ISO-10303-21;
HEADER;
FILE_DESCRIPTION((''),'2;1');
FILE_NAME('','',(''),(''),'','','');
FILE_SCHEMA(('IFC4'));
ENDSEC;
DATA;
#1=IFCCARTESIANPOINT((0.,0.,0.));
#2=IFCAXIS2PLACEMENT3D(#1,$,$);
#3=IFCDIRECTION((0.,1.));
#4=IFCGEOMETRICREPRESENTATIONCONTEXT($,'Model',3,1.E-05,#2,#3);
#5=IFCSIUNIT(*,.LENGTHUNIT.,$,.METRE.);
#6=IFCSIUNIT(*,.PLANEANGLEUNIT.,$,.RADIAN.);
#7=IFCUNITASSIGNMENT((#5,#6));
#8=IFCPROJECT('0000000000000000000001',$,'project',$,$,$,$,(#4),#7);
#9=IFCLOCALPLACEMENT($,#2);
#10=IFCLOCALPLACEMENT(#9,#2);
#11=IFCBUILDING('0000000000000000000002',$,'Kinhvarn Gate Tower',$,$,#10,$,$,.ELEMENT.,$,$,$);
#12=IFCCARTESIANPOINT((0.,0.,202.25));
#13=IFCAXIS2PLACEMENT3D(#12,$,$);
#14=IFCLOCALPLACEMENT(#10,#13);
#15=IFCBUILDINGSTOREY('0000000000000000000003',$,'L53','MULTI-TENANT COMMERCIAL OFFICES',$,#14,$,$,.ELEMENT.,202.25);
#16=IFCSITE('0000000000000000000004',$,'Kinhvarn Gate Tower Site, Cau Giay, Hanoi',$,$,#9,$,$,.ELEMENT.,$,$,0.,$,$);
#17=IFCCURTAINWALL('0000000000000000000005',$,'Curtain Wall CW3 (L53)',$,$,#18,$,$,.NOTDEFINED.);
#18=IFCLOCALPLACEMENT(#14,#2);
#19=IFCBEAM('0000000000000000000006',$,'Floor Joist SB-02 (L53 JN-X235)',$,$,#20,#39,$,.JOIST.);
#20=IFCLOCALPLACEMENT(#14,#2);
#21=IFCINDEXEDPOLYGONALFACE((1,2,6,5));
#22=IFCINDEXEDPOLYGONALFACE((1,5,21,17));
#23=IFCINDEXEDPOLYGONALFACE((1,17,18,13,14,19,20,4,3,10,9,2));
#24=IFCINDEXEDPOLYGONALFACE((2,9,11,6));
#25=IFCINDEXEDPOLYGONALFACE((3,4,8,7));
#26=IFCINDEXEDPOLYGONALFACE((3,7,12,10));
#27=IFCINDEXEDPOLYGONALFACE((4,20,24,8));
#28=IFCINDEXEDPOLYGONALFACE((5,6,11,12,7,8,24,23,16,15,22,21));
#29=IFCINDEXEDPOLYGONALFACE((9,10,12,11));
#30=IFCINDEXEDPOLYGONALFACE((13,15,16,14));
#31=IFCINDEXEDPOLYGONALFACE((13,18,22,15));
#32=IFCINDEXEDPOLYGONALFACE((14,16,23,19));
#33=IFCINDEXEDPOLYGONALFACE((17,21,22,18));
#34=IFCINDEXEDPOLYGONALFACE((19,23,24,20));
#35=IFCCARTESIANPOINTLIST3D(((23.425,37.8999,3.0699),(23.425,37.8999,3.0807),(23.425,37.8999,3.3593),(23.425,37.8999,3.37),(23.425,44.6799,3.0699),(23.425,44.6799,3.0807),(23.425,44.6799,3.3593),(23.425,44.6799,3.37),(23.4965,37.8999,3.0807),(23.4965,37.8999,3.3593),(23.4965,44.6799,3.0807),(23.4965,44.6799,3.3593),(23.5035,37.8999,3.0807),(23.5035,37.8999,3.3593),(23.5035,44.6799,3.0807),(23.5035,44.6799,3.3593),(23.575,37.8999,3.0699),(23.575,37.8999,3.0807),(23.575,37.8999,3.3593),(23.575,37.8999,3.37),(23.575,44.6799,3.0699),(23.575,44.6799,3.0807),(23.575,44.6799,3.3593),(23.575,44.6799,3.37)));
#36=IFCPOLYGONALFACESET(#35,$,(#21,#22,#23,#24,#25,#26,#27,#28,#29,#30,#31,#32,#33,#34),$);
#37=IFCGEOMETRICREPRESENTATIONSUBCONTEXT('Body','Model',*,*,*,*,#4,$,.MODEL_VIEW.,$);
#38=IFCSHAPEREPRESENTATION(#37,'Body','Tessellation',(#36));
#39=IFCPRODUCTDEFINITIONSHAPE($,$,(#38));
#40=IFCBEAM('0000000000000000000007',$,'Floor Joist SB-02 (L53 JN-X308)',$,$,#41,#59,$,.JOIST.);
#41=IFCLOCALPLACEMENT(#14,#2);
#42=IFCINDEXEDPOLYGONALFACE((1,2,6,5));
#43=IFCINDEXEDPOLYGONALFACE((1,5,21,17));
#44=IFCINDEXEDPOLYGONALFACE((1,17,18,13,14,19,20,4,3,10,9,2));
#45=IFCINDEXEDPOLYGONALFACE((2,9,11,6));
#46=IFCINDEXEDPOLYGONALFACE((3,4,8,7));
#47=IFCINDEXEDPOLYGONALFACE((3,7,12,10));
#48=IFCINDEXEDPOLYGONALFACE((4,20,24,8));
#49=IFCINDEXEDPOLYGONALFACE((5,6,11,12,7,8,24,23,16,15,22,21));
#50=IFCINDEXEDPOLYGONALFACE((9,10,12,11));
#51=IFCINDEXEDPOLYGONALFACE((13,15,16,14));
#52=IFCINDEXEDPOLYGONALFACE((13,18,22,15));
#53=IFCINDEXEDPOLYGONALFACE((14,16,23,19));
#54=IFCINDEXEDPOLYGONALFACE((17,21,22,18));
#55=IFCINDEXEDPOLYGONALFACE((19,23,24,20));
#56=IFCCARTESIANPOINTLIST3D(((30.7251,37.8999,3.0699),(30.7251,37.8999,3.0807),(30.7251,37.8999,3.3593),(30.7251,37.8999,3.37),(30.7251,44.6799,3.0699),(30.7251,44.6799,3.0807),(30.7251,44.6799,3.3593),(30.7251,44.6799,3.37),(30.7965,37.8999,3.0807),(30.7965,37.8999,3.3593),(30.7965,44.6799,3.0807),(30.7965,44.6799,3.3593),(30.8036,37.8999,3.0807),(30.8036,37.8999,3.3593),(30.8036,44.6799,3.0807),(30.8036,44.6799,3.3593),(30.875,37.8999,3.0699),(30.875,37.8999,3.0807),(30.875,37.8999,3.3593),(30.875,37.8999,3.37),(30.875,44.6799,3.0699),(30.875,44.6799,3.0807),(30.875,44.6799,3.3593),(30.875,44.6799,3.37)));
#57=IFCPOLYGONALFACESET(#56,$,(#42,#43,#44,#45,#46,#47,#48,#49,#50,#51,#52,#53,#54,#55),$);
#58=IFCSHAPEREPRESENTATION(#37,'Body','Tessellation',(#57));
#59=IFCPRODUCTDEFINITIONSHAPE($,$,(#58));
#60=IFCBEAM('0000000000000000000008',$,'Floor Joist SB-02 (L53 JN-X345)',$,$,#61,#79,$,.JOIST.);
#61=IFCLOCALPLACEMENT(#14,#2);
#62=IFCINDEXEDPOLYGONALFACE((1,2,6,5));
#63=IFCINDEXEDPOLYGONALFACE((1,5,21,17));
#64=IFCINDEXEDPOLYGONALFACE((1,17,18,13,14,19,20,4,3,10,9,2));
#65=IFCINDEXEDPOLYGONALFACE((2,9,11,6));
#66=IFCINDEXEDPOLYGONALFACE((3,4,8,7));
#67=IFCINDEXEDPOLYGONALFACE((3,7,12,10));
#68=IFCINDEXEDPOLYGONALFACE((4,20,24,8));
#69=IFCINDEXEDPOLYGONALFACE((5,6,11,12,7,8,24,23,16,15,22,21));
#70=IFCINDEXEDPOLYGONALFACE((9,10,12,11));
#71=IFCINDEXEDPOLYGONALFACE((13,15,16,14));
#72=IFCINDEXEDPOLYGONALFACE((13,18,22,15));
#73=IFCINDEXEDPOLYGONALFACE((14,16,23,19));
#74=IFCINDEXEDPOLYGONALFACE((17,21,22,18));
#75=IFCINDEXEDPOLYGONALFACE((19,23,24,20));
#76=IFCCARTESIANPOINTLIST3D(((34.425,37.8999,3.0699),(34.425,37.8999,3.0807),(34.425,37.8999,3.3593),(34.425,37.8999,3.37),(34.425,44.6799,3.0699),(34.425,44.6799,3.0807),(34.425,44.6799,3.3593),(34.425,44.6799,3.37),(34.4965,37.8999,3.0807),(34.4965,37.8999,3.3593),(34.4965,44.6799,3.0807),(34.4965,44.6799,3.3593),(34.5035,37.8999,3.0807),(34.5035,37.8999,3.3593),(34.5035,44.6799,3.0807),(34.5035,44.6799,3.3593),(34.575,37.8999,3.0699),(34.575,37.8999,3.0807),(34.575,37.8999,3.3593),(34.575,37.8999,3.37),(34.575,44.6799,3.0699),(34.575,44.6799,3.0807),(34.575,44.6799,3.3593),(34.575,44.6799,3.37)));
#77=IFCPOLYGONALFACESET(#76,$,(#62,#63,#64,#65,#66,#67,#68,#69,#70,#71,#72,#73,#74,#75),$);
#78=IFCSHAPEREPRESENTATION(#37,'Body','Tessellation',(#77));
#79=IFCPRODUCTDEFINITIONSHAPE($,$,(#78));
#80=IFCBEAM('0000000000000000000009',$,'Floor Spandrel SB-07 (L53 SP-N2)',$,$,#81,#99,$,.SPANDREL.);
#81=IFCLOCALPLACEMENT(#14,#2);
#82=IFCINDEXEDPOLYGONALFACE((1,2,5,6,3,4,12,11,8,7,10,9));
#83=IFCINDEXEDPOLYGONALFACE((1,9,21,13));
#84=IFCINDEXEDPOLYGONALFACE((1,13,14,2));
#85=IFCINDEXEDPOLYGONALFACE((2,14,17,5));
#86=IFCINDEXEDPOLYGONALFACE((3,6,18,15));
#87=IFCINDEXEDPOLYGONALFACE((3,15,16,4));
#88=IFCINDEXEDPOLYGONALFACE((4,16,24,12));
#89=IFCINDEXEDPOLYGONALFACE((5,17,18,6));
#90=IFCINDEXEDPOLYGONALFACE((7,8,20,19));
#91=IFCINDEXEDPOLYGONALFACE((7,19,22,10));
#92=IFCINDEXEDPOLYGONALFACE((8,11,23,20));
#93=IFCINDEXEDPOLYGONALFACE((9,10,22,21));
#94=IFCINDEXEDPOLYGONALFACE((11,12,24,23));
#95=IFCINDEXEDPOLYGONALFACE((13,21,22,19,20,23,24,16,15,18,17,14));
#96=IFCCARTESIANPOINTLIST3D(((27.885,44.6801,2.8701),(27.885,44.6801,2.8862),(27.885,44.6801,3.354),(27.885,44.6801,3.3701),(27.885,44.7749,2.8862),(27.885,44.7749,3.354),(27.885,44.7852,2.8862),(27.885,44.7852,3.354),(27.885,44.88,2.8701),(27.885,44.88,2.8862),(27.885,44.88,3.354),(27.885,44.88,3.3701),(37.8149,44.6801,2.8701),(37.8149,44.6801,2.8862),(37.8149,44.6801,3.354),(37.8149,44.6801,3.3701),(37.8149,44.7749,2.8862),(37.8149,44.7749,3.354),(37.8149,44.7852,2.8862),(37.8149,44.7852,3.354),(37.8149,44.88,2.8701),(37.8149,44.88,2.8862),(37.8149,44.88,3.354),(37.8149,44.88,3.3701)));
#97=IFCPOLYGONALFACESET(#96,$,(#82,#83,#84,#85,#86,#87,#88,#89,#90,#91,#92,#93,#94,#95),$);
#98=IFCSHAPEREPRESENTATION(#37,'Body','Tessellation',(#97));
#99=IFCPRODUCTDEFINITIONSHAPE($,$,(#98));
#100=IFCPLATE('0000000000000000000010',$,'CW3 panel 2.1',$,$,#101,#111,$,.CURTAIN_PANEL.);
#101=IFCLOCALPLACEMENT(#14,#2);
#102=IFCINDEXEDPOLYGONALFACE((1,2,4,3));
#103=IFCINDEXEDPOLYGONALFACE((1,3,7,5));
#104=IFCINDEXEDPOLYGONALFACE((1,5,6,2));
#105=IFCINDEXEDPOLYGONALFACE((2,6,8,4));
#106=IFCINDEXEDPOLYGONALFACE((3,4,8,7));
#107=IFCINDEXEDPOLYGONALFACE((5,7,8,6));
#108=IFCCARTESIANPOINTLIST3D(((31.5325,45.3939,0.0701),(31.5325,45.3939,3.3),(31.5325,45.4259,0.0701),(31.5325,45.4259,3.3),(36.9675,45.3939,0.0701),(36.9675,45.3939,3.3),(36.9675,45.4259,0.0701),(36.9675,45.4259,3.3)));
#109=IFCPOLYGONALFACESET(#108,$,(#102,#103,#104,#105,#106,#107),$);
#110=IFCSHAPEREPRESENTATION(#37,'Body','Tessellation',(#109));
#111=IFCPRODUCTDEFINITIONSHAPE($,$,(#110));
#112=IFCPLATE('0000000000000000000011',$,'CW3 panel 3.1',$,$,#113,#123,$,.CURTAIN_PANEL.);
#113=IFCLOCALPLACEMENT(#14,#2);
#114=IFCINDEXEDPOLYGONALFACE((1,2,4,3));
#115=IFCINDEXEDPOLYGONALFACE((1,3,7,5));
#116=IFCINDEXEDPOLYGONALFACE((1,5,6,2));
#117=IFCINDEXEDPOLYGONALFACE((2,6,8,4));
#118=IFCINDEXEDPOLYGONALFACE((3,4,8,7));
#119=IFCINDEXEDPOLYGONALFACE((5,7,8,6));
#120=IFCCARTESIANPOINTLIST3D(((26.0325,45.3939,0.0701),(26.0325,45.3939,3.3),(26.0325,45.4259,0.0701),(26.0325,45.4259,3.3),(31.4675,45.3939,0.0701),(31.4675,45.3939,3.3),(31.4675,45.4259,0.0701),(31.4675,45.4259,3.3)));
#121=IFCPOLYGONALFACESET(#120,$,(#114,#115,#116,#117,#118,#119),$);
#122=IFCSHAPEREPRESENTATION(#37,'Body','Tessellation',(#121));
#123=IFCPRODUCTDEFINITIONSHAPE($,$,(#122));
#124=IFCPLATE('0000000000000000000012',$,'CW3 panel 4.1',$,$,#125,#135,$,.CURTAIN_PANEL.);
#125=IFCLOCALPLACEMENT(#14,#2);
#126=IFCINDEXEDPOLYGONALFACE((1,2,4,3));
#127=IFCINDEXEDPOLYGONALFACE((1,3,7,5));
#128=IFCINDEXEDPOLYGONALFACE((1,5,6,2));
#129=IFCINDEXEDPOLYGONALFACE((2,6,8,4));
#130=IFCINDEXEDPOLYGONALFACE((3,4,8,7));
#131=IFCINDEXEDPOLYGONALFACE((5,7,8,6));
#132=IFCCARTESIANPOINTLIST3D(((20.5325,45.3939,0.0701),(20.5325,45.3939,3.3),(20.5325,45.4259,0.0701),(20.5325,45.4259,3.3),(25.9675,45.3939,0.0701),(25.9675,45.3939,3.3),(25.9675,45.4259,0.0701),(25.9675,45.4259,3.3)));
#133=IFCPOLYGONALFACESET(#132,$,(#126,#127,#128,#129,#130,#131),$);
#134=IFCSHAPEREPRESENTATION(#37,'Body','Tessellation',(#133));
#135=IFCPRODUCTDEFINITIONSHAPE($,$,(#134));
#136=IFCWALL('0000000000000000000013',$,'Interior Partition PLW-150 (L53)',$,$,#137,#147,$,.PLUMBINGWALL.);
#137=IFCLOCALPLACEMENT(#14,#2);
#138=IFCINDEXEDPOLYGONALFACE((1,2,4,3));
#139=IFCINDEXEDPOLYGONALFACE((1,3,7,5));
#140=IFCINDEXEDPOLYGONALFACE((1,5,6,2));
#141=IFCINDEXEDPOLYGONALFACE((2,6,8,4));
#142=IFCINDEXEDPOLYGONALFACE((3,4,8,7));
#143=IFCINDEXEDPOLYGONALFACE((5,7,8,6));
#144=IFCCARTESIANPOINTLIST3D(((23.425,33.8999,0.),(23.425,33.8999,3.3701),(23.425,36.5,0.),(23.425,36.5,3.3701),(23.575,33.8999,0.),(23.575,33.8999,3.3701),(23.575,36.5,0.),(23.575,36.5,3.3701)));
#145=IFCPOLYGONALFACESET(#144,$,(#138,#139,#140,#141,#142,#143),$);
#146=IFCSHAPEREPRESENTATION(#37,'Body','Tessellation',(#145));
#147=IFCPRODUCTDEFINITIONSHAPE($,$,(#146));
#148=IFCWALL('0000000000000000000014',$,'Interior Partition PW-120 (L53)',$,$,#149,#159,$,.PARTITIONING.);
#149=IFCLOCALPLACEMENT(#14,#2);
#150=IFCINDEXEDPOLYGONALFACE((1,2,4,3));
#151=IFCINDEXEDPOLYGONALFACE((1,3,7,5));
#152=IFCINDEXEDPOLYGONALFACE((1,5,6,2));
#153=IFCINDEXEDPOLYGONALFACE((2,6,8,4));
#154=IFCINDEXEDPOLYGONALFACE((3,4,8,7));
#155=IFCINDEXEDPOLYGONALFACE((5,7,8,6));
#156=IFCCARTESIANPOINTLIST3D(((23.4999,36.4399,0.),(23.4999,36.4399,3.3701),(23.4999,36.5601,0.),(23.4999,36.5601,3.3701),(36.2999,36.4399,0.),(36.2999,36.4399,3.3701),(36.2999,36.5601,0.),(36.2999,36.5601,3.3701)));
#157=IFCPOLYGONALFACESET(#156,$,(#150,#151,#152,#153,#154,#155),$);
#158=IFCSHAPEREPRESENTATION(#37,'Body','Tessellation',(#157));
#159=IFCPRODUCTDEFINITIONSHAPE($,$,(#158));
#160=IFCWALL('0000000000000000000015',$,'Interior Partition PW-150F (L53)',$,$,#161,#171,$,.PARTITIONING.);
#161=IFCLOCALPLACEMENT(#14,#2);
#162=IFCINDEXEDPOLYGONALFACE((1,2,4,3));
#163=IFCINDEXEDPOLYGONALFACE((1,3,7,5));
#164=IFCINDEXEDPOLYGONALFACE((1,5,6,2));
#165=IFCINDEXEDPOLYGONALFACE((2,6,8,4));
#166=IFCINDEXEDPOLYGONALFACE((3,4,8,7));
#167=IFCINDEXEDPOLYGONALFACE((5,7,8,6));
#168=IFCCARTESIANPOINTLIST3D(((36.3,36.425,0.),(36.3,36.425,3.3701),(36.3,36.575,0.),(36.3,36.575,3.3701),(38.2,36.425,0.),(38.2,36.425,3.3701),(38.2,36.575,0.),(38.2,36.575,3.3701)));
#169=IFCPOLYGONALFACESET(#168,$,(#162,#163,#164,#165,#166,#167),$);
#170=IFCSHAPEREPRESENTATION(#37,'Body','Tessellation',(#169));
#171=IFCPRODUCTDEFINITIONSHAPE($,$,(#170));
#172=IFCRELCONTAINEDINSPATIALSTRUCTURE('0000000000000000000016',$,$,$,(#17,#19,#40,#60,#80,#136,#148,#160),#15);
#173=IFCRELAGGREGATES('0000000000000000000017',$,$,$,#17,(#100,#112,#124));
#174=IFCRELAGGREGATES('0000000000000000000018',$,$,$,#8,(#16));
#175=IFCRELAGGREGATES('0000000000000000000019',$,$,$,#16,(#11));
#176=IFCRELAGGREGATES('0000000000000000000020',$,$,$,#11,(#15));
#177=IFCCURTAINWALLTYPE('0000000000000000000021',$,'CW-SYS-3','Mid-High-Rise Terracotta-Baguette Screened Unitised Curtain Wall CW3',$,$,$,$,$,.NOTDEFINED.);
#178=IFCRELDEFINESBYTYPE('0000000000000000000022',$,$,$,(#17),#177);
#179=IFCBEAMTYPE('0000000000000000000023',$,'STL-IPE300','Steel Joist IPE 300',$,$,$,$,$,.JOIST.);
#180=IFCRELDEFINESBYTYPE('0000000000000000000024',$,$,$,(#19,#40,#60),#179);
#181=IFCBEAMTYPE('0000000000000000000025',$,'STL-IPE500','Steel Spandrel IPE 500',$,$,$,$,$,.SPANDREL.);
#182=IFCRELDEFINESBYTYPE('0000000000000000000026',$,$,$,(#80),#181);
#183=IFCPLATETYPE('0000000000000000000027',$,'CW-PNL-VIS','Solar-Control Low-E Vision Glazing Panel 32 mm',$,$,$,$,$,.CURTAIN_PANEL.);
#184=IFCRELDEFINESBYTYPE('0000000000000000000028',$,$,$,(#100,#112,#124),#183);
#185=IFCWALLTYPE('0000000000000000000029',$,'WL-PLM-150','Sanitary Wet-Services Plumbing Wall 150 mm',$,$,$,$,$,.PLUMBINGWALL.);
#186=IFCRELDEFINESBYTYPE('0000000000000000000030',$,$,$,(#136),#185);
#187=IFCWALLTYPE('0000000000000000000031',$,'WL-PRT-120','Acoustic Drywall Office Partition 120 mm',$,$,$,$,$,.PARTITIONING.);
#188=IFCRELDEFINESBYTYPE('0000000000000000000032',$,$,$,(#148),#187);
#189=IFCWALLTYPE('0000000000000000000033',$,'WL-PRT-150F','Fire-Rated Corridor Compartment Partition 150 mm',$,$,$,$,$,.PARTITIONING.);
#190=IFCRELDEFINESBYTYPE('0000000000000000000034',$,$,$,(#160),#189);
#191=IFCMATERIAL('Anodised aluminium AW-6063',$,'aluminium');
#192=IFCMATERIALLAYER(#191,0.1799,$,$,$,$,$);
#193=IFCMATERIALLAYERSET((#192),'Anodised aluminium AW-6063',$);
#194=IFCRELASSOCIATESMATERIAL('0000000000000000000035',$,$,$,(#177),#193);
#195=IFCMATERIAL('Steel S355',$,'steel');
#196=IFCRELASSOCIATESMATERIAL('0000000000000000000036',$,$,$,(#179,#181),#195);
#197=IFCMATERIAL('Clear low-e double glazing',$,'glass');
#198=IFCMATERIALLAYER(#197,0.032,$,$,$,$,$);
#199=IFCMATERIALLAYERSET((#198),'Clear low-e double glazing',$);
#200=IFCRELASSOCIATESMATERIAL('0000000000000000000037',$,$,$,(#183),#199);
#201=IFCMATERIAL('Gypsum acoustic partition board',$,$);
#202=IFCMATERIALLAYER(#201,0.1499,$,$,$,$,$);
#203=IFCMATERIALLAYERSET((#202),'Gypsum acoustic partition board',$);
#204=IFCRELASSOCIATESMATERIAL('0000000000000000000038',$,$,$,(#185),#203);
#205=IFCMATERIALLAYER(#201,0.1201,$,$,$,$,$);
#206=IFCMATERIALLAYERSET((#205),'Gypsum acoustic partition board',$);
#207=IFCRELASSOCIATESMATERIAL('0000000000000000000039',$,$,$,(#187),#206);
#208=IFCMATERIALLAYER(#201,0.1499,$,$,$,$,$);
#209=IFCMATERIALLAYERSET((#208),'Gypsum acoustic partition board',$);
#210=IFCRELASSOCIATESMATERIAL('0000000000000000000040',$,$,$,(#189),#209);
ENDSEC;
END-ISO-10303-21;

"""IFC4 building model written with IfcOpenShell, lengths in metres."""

from ifc_helpers import new_model, si_unit, direction, frame, frame_2d, origin, origin_2d, place, context, subcontext, project, spatial, rectangle, i_section, extrude, material, layer, layer_set, material_profile, profile_set, type_object, element, aggregate, save


model = new_model("IFC4")

# Units and contexts
model_context = context("Model", 3, precision=1e-05, world=origin(), true_north=direction((0.0, 1.0)))
body_context = subcontext(model_context, "Body", "Model", "MODEL_VIEW")
ifc_project = project(units=[si_unit("LENGTHUNIT", "METRE"), si_unit("PLANEANGLEUNIT", "RADIAN")], contexts=[model_context])

# Site, building, storey
site_placement = place(None, origin())
site = spatial("IfcSite", under=ifc_project, at=site_placement, Name="Kinhvarn Gate Tower Site, Cau Giay, Hanoi", CompositionType="ELEMENT", RefElevation=0.0)
building_placement = place(site_placement, origin())
building = spatial("IfcBuilding", under=site, at=building_placement, Name="Kinhvarn Gate Tower", CompositionType="ELEMENT")
storey_placement = place(building_placement, frame((0.0, 0.0, 202.25)))
storey = spatial("IfcBuildingStorey", under=building, at=storey_placement, Name="L53", Description="MULTI-TENANT COMMERCIAL OFFICES", CompositionType="ELEMENT", Elevation=202.25)

# Curtain wall
ifc_material_1 = material(Name="Anodised aluminium AW-6063", Category="aluminium")
ifc_layer_1 = layer(ifc_material_1, 0.1799)
ifc_layer_set_1 = layer_set([ifc_layer_1], Name="Anodised aluminium AW-6063")
curtain_wall_type = type_object("IfcCurtainWallType", Name="CW-SYS-3", Description="Mid-High-Rise Terracotta-Baguette Screened Unitised Curtain Wall CW3", PredefinedType="NOTDEFINED", material=ifc_layer_set_1)
curtain_wall_placement = place(storey_placement, origin())
curtain_wall = element("IfcCurtainWall", 1, at=curtain_wall_placement, inside=storey, type_object=curtain_wall_type, Name="Curtain Wall CW3 (L53)", PredefinedType="NOTDEFINED")

# Beams
ifc_material_2 = material(Name="Steel S355", Category="steel")
ifc_material_profile_1 = material_profile(ifc_material_2, i_section(OverallWidth=0.1499, OverallDepth=0.3, WebThickness=0.0071, FlangeThickness=0.0107, at=origin_2d()), Name="IPE 300")
ifc_profile_set_1 = profile_set([ifc_material_profile_1], Name="Steel S355")
beam_type_1 = type_object("IfcBeamType", Name="STL-IPE300", Description="Steel Joist IPE 300", PredefinedType="JOIST", material=ifc_profile_set_1)
for number, where, z_axis, x_axis, name in (
    (2, (23.5, 37.8999, 3.22), (0.0, 1.0, 0.0), (-1.0, 0.0, 0.0), "Floor Joist SB-02 (L53 JN-X235)"),
    (3, (30.8, 37.8999, 3.22), (0.0, 1.0, 0.0), (-1.0, 0.0, 0.0), "Floor Joist SB-02 (L53 JN-X308)"),
    (4, (34.5, 37.8999, 3.22), (0.0, 1.0, 0.0), (-1.0, 0.0, 0.0), "Floor Joist SB-02 (L53 JN-X345)"),
):
    element("IfcBeam", number, at=place(storey_placement, frame(where, z_axis=z_axis, x_axis=x_axis)), inside=storey, type_object=beam_type_1, Name=name, PredefinedType="JOIST", context=body_context, shape_type="SweptSolid", body=[
        extrude(i_section(OverallWidth=0.1499, OverallDepth=0.3, WebThickness=0.0071, FlangeThickness=0.0107, at=origin_2d()), origin(), (0.0, 0.0, 1.0), 6.78),
    ])
ifc_material_profile_2 = material_profile(ifc_material_2, i_section(OverallWidth=0.2, OverallDepth=0.5, WebThickness=0.0103, FlangeThickness=0.0161, at=origin_2d()), Name="IPE 500")
ifc_profile_set_2 = profile_set([ifc_material_profile_2], Name="Steel S355")
beam_type_2 = type_object("IfcBeamType", Name="STL-IPE500", Description="Steel Spandrel IPE 500", PredefinedType="SPANDREL", material=ifc_profile_set_2)
beam_1_placement = place(storey_placement, frame((27.885, 44.78, 3.1201), z_axis=(1.0, 0.0, 0.0), x_axis=(0.0, 1.0, 0.0)))
element("IfcBeam", 5, at=beam_1_placement, inside=storey, type_object=beam_type_2, Name="Floor Spandrel SB-07 (L53 SP-N2)", PredefinedType="SPANDREL", context=body_context, shape_type="SweptSolid", body=[
    extrude(i_section(OverallWidth=0.2, OverallDepth=0.5, WebThickness=0.0103, FlangeThickness=0.0161, at=origin_2d()), origin(), (0.0, 0.0, 1.0), 9.9299),
])

# Plates
ifc_material_3 = material(Name="Clear low-e double glazing", Category="glass")
ifc_layer_2 = layer(ifc_material_3, 0.032)
ifc_layer_set_2 = layer_set([ifc_layer_2], Name="Clear low-e double glazing")
plate_type = type_object("IfcPlateType", Name="CW-PNL-VIS", Description="Solar-Control Low-E Vision Glazing Panel 32 mm", PredefinedType="CURTAIN_PANEL", material=ifc_layer_set_2)
plate_1_placement = place(storey_placement, frame((34.25, 45.4099, 0.0701), z_axis=(0.0, 0.0, 1.0), x_axis=(-1.0, 0.0, 0.0)))
plate_1 = element("IfcPlate", 6, at=plate_1_placement, type_object=plate_type, Name="CW3 panel 2.1", PredefinedType="CURTAIN_PANEL", context=body_context, shape_type="SweptSolid", body=[
    extrude(rectangle(XDim=5.4351, YDim=0.032, at=origin_2d()), origin(), (0.0, 0.0, 1.0), 3.23),
])
plate_2_placement = place(storey_placement, frame((28.75, 45.4099, 0.0701), z_axis=(0.0, 0.0, 1.0), x_axis=(-1.0, 0.0, 0.0)))
plate_2 = element("IfcPlate", 7, at=plate_2_placement, type_object=plate_type, Name="CW3 panel 3.1", PredefinedType="CURTAIN_PANEL", context=body_context, shape_type="SweptSolid", body=[
    extrude(rectangle(XDim=5.4351, YDim=0.032, at=origin_2d()), origin(), (0.0, 0.0, 1.0), 3.23),
])
plate_3_placement = place(storey_placement, frame((23.25, 45.4099, 0.0701), z_axis=(0.0, 0.0, 1.0), x_axis=(-1.0, 0.0, 0.0)))
plate_3 = element("IfcPlate", 8, at=plate_3_placement, type_object=plate_type, Name="CW3 panel 4.1", PredefinedType="CURTAIN_PANEL", context=body_context, shape_type="SweptSolid", body=[
    extrude(rectangle(XDim=5.4351, YDim=0.032, at=origin_2d()), origin(), (0.0, 0.0, 1.0), 3.23),
])
aggregate(curtain_wall, [plate_1, plate_2, plate_3])

# Walls
ifc_material_4 = material(Name="Gypsum acoustic partition board")
ifc_layer_3 = layer(ifc_material_4, 0.1499)
ifc_layer_set_3 = layer_set([ifc_layer_3], Name="Gypsum acoustic partition board")
wall_type_1 = type_object("IfcWallType", Name="WL-PLM-150", Description="Sanitary Wet-Services Plumbing Wall 150 mm", PredefinedType="PLUMBINGWALL", material=ifc_layer_set_3)
wall_1_placement = place(storey_placement, frame((23.5, 33.8999, 0.0), z_axis=(0.0, 0.0, 1.0), x_axis=(0.0, 1.0, 0.0)))
element("IfcWall", 9, at=wall_1_placement, inside=storey, type_object=wall_type_1, Name="Interior Partition PLW-150 (L53)", PredefinedType="PLUMBINGWALL", context=body_context, shape_type="SweptSolid", body=[
    extrude(rectangle(XDim=2.6001, YDim=0.1499, at=frame_2d((1.3, 0.0))), origin(), (0.0, 0.0, 1.0), 3.3701),
])
ifc_layer_4 = layer(ifc_material_4, 0.1201)
ifc_layer_set_4 = layer_set([ifc_layer_4], Name="Gypsum acoustic partition board")
wall_type_2 = type_object("IfcWallType", Name="WL-PRT-120", Description="Acoustic Drywall Office Partition 120 mm", PredefinedType="PARTITIONING", material=ifc_layer_set_4)
wall_2_placement = place(storey_placement, frame((23.5, 36.5, 0.0), z_axis=(0.0, 0.0, 1.0), x_axis=(1.0, 0.0, 0.0)))
element("IfcWall", 10, at=wall_2_placement, inside=storey, type_object=wall_type_2, Name="Interior Partition PW-120 (L53)", PredefinedType="PARTITIONING", context=body_context, shape_type="SweptSolid", body=[
    extrude(rectangle(XDim=12.8, YDim=0.1201, at=frame_2d((6.3999, 0.0))), origin(), (0.0, 0.0, 1.0), 3.3701),
])
ifc_layer_5 = layer(ifc_material_4, 0.1499)
ifc_layer_set_5 = layer_set([ifc_layer_5], Name="Gypsum acoustic partition board")
wall_type_3 = type_object("IfcWallType", Name="WL-PRT-150F", Description="Fire-Rated Corridor Compartment Partition 150 mm", PredefinedType="PARTITIONING", material=ifc_layer_set_5)
wall_3_placement = place(storey_placement, frame((36.3, 36.5, 0.0), z_axis=(0.0, 0.0, 1.0), x_axis=(1.0, 0.0, 0.0)))
element("IfcWall", 11, at=wall_3_placement, inside=storey, type_object=wall_type_3, Name="Interior Partition PW-150F (L53)", PredefinedType="PARTITIONING", context=body_context, shape_type="SweptSolid", body=[
    extrude(rectangle(XDim=1.8999, YDim=0.1499, at=frame_2d((0.95, 0.0))), origin(), (0.0, 0.0, 1.0), 3.3701),
])

save(model, "model.ifc")
